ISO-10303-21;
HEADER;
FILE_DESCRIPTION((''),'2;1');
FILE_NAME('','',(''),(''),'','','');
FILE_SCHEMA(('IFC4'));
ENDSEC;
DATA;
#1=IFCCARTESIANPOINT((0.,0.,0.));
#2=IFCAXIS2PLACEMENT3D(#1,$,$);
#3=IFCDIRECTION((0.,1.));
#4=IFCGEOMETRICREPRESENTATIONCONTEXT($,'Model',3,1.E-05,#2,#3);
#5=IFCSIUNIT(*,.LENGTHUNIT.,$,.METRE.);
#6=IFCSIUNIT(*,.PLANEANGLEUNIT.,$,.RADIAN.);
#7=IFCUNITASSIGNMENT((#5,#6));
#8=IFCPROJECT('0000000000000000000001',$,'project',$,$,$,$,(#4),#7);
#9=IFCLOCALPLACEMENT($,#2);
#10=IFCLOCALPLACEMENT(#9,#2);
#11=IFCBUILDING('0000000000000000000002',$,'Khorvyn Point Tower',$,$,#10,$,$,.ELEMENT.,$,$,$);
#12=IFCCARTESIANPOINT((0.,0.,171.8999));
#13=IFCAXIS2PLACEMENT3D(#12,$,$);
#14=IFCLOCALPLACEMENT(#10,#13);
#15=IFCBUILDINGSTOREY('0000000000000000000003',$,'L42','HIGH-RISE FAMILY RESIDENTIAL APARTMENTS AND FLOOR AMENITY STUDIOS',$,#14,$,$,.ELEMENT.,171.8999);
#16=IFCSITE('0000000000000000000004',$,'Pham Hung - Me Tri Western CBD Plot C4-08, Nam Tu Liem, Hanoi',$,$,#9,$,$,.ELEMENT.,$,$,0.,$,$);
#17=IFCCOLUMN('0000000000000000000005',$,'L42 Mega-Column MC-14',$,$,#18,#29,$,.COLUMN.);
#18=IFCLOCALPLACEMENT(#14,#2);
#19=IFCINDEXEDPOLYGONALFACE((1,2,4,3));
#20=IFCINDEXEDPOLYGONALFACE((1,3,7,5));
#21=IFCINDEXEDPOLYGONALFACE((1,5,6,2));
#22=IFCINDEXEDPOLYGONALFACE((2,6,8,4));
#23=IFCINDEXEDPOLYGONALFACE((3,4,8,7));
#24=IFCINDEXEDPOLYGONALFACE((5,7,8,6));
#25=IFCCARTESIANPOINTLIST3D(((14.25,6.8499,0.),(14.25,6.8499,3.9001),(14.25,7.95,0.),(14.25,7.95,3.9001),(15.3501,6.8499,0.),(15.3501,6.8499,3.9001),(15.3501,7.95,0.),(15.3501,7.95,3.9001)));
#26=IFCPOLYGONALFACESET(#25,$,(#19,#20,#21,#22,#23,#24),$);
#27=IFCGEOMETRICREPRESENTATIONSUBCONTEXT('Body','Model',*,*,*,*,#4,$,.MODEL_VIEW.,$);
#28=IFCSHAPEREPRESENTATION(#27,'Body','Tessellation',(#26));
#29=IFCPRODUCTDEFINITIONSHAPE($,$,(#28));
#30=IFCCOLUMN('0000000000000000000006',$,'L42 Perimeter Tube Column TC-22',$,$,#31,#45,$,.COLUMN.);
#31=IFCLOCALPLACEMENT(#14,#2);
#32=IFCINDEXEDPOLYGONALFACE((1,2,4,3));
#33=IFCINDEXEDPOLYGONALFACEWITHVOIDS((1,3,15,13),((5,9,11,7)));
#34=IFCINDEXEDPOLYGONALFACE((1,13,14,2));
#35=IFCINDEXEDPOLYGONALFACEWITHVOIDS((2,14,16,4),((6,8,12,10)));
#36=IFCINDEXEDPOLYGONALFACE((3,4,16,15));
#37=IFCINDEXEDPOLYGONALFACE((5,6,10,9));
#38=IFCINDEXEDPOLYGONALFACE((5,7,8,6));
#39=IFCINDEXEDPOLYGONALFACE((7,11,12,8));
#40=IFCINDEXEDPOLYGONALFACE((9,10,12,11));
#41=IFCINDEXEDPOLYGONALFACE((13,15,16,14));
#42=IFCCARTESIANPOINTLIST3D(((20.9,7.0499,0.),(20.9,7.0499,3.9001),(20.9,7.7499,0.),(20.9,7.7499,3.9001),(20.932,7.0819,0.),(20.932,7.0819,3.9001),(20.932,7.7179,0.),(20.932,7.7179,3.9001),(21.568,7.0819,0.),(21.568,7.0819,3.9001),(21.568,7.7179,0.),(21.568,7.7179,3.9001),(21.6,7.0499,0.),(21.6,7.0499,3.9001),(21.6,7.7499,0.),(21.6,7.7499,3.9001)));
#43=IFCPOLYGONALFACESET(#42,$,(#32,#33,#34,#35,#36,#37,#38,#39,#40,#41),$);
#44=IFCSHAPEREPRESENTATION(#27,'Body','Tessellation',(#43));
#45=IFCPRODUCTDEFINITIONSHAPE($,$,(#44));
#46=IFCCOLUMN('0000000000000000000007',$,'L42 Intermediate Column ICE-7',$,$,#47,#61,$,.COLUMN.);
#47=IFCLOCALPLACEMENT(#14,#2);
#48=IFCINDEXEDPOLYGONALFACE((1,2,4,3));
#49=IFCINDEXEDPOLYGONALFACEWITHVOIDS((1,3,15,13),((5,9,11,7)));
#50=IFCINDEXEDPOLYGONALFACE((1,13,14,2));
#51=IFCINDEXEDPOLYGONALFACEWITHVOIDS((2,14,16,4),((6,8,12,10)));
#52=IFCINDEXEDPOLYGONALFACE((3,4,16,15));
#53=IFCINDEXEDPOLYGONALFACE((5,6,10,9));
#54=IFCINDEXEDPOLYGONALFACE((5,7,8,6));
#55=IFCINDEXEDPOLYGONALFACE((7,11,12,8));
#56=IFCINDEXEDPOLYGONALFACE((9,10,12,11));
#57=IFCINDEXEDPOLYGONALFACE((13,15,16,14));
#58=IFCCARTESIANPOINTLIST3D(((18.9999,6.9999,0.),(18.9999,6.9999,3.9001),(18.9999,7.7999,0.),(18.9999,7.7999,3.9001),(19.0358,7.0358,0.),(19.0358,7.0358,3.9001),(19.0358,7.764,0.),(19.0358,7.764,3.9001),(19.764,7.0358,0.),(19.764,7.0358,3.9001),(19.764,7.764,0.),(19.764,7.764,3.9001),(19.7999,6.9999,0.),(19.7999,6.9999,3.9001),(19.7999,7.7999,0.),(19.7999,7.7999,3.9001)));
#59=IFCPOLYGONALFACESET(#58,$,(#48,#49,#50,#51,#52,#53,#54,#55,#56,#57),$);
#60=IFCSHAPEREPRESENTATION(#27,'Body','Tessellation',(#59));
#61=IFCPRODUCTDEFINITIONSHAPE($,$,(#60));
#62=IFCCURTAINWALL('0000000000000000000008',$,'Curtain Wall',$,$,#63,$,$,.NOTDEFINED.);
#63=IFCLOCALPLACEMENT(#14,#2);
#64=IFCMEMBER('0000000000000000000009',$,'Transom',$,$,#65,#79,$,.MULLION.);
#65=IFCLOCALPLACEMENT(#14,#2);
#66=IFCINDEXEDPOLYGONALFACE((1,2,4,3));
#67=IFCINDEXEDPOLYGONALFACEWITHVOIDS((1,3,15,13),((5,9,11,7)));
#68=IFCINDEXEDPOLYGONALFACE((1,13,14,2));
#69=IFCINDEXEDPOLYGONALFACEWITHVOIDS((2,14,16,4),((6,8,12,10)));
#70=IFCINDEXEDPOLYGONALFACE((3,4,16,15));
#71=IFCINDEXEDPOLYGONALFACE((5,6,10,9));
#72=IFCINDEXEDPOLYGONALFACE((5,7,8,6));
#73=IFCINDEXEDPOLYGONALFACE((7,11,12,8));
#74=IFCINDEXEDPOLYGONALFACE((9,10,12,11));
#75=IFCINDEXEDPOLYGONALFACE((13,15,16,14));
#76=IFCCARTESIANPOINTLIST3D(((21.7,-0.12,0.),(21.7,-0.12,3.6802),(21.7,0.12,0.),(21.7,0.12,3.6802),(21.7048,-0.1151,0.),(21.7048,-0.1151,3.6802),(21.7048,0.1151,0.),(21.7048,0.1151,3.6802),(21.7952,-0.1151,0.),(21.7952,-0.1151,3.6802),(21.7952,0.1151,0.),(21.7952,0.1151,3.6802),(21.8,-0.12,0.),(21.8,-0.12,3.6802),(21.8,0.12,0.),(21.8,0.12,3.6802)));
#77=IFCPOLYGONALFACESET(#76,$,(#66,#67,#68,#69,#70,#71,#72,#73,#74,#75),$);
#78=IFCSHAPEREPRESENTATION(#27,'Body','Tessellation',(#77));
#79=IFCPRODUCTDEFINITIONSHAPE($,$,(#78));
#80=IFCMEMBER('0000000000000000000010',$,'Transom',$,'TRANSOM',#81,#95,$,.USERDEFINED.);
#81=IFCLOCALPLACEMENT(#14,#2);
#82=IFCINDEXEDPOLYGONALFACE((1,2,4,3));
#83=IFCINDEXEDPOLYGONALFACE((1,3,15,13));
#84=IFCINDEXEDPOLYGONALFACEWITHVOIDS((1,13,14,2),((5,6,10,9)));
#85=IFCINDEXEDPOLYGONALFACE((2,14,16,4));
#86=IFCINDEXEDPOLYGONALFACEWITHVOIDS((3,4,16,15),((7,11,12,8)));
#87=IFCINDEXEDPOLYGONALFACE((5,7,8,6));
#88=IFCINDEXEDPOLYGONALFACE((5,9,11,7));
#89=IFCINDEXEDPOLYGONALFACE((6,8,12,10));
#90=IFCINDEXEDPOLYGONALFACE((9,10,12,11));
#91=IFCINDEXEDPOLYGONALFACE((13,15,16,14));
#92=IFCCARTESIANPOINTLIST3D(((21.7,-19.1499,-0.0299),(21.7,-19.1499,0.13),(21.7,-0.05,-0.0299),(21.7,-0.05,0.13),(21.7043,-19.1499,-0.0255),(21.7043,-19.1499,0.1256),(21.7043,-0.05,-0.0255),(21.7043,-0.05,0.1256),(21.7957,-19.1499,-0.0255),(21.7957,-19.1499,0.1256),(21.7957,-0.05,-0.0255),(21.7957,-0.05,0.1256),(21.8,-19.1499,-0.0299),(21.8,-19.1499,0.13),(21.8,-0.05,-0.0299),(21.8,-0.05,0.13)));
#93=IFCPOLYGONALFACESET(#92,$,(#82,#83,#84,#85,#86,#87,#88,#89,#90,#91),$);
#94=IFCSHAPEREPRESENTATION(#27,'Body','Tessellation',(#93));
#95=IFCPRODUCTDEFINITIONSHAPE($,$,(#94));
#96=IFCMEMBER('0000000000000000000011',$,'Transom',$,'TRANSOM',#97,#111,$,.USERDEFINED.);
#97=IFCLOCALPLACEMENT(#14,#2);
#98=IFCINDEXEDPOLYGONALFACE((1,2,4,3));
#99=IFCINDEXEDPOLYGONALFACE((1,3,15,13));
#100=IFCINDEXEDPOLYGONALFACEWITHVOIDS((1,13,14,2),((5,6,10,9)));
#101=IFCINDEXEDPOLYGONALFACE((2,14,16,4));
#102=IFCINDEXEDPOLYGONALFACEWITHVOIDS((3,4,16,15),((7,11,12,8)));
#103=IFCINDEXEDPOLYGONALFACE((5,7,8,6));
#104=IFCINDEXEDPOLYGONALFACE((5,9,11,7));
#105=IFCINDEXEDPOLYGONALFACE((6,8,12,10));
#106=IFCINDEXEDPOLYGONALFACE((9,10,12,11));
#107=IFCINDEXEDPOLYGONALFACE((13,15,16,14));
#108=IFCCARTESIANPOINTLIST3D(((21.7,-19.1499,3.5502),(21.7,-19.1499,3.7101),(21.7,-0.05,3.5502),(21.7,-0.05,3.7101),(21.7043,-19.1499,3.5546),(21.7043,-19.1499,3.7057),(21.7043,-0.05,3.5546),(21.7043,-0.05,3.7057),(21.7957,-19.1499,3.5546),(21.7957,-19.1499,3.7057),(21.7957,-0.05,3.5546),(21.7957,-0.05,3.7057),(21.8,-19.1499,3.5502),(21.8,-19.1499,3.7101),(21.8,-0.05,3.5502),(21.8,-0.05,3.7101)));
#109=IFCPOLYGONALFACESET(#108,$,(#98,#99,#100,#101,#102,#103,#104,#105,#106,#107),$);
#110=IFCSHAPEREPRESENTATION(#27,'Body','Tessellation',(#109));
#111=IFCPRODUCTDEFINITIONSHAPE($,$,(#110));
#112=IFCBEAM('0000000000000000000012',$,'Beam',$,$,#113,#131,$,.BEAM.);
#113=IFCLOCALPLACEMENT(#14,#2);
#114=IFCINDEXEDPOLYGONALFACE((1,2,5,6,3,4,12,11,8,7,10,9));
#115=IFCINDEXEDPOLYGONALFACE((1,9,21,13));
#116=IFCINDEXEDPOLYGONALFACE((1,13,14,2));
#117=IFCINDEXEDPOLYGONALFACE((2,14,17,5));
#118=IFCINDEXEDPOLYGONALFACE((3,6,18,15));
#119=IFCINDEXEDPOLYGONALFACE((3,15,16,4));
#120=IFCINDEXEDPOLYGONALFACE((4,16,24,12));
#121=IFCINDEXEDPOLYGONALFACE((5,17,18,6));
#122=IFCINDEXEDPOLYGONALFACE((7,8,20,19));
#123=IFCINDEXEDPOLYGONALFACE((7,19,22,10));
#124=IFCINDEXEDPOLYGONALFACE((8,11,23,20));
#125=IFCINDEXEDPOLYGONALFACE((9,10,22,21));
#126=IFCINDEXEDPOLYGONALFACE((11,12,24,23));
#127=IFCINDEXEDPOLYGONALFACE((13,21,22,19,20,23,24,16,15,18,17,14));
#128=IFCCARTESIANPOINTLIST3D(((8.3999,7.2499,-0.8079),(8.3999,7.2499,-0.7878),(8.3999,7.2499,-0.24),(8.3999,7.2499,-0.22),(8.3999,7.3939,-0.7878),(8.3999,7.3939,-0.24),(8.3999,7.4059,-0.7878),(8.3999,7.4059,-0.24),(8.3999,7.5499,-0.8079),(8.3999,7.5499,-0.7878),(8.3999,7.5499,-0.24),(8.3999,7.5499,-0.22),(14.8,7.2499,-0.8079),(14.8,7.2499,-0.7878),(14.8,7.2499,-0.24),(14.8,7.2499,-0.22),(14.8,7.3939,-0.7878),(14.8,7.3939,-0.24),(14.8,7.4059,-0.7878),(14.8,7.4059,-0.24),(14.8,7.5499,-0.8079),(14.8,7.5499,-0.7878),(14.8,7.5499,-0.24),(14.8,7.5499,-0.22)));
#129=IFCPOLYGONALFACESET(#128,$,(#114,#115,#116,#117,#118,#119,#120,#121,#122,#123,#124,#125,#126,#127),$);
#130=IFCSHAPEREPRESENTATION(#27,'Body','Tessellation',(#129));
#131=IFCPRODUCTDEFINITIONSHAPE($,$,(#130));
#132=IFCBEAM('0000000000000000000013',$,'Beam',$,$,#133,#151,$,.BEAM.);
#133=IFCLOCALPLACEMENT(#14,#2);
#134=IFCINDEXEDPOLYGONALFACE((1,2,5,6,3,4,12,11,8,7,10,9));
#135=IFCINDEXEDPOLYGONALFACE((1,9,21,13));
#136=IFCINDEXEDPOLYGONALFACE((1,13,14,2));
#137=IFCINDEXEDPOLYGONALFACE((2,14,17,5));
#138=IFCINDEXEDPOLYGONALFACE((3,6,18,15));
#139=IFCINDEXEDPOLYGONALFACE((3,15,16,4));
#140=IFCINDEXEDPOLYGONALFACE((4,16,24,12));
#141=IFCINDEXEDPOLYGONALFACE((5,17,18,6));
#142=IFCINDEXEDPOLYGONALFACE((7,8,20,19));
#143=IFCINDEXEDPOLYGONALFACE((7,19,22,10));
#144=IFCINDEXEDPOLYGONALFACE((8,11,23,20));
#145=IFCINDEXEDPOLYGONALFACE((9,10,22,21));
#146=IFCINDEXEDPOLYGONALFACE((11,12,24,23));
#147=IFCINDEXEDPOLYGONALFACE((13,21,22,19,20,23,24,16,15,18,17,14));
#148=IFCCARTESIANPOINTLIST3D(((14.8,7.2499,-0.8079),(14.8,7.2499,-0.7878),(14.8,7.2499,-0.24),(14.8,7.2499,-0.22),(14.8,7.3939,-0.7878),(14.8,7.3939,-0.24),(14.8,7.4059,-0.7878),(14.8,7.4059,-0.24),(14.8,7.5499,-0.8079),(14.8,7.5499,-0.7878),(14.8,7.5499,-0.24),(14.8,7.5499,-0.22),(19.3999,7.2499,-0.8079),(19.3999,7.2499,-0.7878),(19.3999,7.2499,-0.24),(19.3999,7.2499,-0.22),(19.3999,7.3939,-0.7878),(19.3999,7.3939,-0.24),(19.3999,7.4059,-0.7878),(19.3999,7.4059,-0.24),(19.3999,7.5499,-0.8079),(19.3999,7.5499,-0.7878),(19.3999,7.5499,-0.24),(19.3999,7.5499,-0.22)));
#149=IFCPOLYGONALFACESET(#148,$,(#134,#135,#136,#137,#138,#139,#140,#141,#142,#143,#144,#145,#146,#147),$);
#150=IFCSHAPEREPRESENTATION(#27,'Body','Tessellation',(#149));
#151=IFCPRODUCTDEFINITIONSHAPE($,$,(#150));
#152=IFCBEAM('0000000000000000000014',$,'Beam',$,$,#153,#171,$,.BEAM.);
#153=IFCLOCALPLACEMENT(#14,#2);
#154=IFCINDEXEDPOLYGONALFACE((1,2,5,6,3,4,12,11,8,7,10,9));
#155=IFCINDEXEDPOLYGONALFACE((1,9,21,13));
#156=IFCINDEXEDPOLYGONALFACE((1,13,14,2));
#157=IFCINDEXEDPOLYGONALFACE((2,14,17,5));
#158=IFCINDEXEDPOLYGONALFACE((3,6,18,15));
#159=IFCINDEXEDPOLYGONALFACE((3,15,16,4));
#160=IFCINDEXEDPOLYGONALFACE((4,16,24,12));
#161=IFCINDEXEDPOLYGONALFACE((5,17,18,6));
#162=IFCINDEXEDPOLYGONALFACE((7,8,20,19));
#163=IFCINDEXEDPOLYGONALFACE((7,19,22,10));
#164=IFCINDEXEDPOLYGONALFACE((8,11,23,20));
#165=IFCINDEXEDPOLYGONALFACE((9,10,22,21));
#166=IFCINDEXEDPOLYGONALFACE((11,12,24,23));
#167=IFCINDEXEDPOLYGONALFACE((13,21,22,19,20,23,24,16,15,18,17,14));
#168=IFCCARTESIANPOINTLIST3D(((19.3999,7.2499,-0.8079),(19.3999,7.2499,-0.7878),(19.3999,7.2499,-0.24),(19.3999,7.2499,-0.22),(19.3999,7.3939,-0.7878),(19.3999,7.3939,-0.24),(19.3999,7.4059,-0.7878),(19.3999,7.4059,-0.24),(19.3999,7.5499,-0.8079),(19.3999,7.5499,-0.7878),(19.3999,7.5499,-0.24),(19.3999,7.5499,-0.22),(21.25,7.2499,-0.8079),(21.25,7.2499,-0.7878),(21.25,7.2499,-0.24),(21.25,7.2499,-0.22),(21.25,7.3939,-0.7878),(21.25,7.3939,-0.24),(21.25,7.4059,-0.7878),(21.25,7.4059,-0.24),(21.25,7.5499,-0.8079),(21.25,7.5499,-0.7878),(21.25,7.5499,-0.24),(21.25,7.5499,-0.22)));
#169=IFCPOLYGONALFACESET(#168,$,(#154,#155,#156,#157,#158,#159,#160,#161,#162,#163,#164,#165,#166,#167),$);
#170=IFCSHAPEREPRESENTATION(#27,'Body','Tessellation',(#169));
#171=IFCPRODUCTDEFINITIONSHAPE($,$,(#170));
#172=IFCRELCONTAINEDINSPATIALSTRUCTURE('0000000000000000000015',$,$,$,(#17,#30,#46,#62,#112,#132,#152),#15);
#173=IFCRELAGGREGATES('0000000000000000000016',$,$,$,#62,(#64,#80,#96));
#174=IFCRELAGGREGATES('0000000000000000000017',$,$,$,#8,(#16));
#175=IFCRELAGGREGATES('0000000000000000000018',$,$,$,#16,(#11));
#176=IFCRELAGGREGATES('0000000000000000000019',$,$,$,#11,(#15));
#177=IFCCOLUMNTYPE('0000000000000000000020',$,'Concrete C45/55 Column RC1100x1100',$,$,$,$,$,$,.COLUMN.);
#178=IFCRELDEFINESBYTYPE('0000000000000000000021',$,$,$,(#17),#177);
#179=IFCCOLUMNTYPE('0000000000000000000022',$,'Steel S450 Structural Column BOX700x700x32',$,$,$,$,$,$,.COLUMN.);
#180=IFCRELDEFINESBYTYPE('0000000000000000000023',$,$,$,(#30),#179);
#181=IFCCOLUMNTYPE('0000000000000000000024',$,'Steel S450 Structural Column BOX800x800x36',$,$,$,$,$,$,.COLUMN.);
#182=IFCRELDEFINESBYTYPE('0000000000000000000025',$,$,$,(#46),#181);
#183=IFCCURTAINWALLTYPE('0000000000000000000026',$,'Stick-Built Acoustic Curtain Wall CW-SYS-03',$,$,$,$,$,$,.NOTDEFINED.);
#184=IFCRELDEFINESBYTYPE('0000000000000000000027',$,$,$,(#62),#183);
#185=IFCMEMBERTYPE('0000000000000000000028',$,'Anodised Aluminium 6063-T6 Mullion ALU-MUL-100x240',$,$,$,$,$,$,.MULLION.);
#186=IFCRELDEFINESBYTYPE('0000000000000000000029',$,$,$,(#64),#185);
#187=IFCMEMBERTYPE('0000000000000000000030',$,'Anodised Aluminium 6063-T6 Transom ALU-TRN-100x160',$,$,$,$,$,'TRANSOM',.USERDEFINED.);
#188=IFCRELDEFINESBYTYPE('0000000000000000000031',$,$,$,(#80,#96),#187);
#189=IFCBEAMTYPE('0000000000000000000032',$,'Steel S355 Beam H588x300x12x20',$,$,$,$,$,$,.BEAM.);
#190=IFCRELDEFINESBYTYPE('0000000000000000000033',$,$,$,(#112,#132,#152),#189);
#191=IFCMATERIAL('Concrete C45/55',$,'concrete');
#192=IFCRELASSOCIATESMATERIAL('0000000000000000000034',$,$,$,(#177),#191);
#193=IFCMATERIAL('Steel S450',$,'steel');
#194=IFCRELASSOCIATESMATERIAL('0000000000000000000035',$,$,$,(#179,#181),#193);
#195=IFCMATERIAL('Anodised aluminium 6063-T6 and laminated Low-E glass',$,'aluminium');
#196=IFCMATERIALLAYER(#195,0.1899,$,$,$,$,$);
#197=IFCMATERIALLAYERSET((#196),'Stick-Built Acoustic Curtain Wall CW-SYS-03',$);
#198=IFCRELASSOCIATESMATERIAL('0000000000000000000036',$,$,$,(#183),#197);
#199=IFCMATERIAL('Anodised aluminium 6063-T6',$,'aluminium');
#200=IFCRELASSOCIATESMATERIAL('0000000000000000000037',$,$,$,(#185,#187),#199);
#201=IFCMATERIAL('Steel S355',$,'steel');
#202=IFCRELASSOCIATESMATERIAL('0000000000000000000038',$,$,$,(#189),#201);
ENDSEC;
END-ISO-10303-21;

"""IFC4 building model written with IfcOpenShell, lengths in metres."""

from ifc_helpers import new_model, si_unit, direction, frame, origin, origin_2d, place, context, subcontext, project, spatial, rectangle, hollow_rectangle, i_section, extrude, material, layer, layer_set, material_profile, profile_set, type_object, element, aggregate, save


model = new_model("IFC4")

# Units and contexts
model_context = context("Model", 3, precision=1e-05, world=origin(), true_north=direction((0.0, 1.0)))
body_context = subcontext(model_context, "Body", "Model", "MODEL_VIEW")
ifc_project = project(units=[si_unit("LENGTHUNIT", "METRE"), si_unit("PLANEANGLEUNIT", "RADIAN")], contexts=[model_context])

# Site, building, storey
site_placement = place(None, origin())
site = spatial("IfcSite", under=ifc_project, at=site_placement, Name="Pham Hung - Me Tri Western CBD Plot C4-08, Nam Tu Liem, Hanoi", CompositionType="ELEMENT", RefElevation=0.0)
building_placement = place(site_placement, origin())
building = spatial("IfcBuilding", under=site, at=building_placement, Name="Khorvyn Point Tower", CompositionType="ELEMENT")
storey_placement = place(building_placement, frame((0.0, 0.0, 171.8999)))
storey = spatial("IfcBuildingStorey", under=building, at=storey_placement, Name="L42", Description="HIGH-RISE FAMILY RESIDENTIAL APARTMENTS AND FLOOR AMENITY STUDIOS", CompositionType="ELEMENT", Elevation=171.8999)

# Columns
ifc_material_1 = material(Name="Concrete C45/55", Category="concrete")
ifc_material_profile_1 = material_profile(ifc_material_1, rectangle(XDim=1.1001, YDim=1.1001, at=origin_2d()))
ifc_profile_set_1 = profile_set([ifc_material_profile_1], Name="Concrete C45/55 RC1100x1100")
column_type_1 = type_object("IfcColumnType", Name="Concrete C45/55 Column RC1100x1100", PredefinedType="COLUMN", material=ifc_profile_set_1)
column_1_placement = place(storey_placement, frame((14.8, 7.3999, 0.0), z_axis=(0.0, 0.0, 1.0), x_axis=(1.0, 0.0, 0.0)))
element("IfcColumn", 1, at=column_1_placement, inside=storey, type_object=column_type_1, Name="L42 Mega-Column MC-14", PredefinedType="COLUMN", context=body_context, shape_type="SweptSolid", body=[
    extrude(rectangle(XDim=1.1001, YDim=1.1001, at=origin_2d()), origin(), (0.0, 0.0, 1.0), 3.9001),
])
ifc_material_2 = material(Name="Steel S450", Category="steel")
ifc_material_profile_2 = material_profile(ifc_material_2, hollow_rectangle(XDim=0.7, YDim=0.7, WallThickness=0.032, at=origin_2d()))
ifc_profile_set_2 = profile_set([ifc_material_profile_2], Name="Steel S450 BOX700x700x32")
column_type_2 = type_object("IfcColumnType", Name="Steel S450 Structural Column BOX700x700x32", PredefinedType="COLUMN", material=ifc_profile_set_2)
column_2_placement = place(storey_placement, frame((21.25, 7.3999, 0.0), z_axis=(0.0, 0.0, 1.0), x_axis=(1.0, 0.0, 0.0)))
element("IfcColumn", 2, at=column_2_placement, inside=storey, type_object=column_type_2, Name="L42 Perimeter Tube Column TC-22", PredefinedType="COLUMN", context=body_context, shape_type="SweptSolid", body=[
    extrude(hollow_rectangle(XDim=0.7, YDim=0.7, WallThickness=0.032, at=origin_2d()), origin(), (0.0, 0.0, 1.0), 3.9001),
])
ifc_material_profile_3 = material_profile(ifc_material_2, hollow_rectangle(XDim=0.8, YDim=0.8, WallThickness=0.0359, at=origin_2d()))
ifc_profile_set_3 = profile_set([ifc_material_profile_3], Name="Steel S450 BOX800x800x36")
column_type_3 = type_object("IfcColumnType", Name="Steel S450 Structural Column BOX800x800x36", PredefinedType="COLUMN", material=ifc_profile_set_3)
column_3_placement = place(storey_placement, frame((19.3999, 7.3999, 0.0), z_axis=(0.0, 0.0, 1.0), x_axis=(1.0, 0.0, 0.0)))
element("IfcColumn", 3, at=column_3_placement, inside=storey, type_object=column_type_3, Name="L42 Intermediate Column ICE-7", PredefinedType="COLUMN", context=body_context, shape_type="SweptSolid", body=[
    extrude(hollow_rectangle(XDim=0.8, YDim=0.8, WallThickness=0.0359, at=origin_2d()), origin(), (0.0, 0.0, 1.0), 3.9001),
])

# Curtain wall, members
ifc_material_3 = material(Name="Anodised aluminium 6063-T6 and laminated Low-E glass", Category="aluminium")
ifc_layer_1 = layer(ifc_material_3, 0.1899)
ifc_layer_set_1 = layer_set([ifc_layer_1], Name="Stick-Built Acoustic Curtain Wall CW-SYS-03")
curtain_wall_type = type_object("IfcCurtainWallType", Name="Stick-Built Acoustic Curtain Wall CW-SYS-03", PredefinedType="NOTDEFINED", material=ifc_layer_set_1)
curtain_wall_placement = place(storey_placement, origin())
curtain_wall = element("IfcCurtainWall", 4, at=curtain_wall_placement, inside=storey, type_object=curtain_wall_type, Name="Curtain Wall", PredefinedType="NOTDEFINED")
ifc_material_4 = material(Name="Anodised aluminium 6063-T6", Category="aluminium")
ifc_material_profile_4 = material_profile(ifc_material_4, hollow_rectangle(XDim=0.1001, YDim=0.24, WallThickness=0.0049, at=origin_2d()))
ifc_profile_set_4 = profile_set([ifc_material_profile_4], Name="Anodised aluminium 6063-T6 ALU-MUL-100x240")
member_type_1 = type_object("IfcMemberType", Name="Anodised Aluminium 6063-T6 Mullion ALU-MUL-100x240", PredefinedType="MULLION", material=ifc_profile_set_4)
member_1_placement = place(storey_placement, frame((21.75, 0.0, 0.0), z_axis=(0.0, 0.0, 1.0), x_axis=(1.0, 0.0, 0.0)))
member_1 = element("IfcMember", 5, at=member_1_placement, type_object=member_type_1, Name="Transom", PredefinedType="MULLION", context=body_context, shape_type="SweptSolid", body=[
    extrude(hollow_rectangle(XDim=0.1001, YDim=0.24, WallThickness=0.0049, at=origin_2d()), origin(), (0.0, 0.0, 1.0), 3.6802),
])
ifc_material_profile_5 = material_profile(ifc_material_4, hollow_rectangle(XDim=0.1001, YDim=0.1599, WallThickness=0.0044, at=origin_2d()))
ifc_profile_set_5 = profile_set([ifc_material_profile_5], Name="Anodised aluminium 6063-T6 ALU-TRN-100x160")
member_type_2 = type_object("IfcMemberType", Name="Anodised Aluminium 6063-T6 Transom ALU-TRN-100x160", ElementType="TRANSOM", PredefinedType="USERDEFINED", material=ifc_profile_set_5)
member_2_placement = place(storey_placement, frame((21.75, -0.05, 0.05), z_axis=(0.0, -1.0, 0.0), x_axis=(1.0, 0.0, 0.0)))
member_2 = element("IfcMember", 6, at=member_2_placement, type_object=member_type_2, Name="Transom", ObjectType="TRANSOM", PredefinedType="USERDEFINED", context=body_context, shape_type="SweptSolid", body=[
    extrude(hollow_rectangle(XDim=0.1001, YDim=0.1599, WallThickness=0.0044, at=origin_2d()), origin(), (0.0, 0.0, 1.0), 19.0999),
])
member_3_placement = place(storey_placement, frame((21.75, -0.05, 3.6301), z_axis=(0.0, -1.0, 0.0), x_axis=(1.0, 0.0, 0.0)))
member_3 = element("IfcMember", 7, at=member_3_placement, type_object=member_type_2, Name="Transom", ObjectType="TRANSOM", PredefinedType="USERDEFINED", context=body_context, shape_type="SweptSolid", body=[
    extrude(hollow_rectangle(XDim=0.1001, YDim=0.1599, WallThickness=0.0044, at=origin_2d()), origin(), (0.0, 0.0, 1.0), 19.0999),
])

# Beams
ifc_material_5 = material(Name="Steel S355", Category="steel")
ifc_material_profile_6 = material_profile(ifc_material_5, i_section(OverallWidth=0.3, OverallDepth=0.5879, WebThickness=0.012, FlangeThickness=0.02, at=origin_2d()))
ifc_profile_set_6 = profile_set([ifc_material_profile_6], Name="Steel S355 H588x300x12x20")
beam_type_1 = type_object("IfcBeamType", Name="Steel S355 Beam H588x300x12x20", PredefinedType="BEAM", material=ifc_profile_set_6)
beam_1_placement = place(storey_placement, frame((8.3999, 7.3999, -0.5139), z_axis=(1.0, 0.0, 0.0), x_axis=(0.0, 1.0, 0.0)))
element("IfcBeam", 8, at=beam_1_placement, inside=storey, type_object=beam_type_1, Name="Beam", PredefinedType="BEAM", context=body_context, shape_type="SweptSolid", body=[
    extrude(i_section(OverallWidth=0.3, OverallDepth=0.5879, WebThickness=0.012, FlangeThickness=0.02, at=origin_2d()), origin(), (0.0, 0.0, 1.0), 6.4001),
])
beam_2_placement = place(storey_placement, frame((14.8, 7.3999, -0.5139), z_axis=(1.0, 0.0, 0.0), x_axis=(0.0, 1.0, 0.0)))
element("IfcBeam", 9, at=beam_2_placement, inside=storey, type_object=beam_type_1, Name="Beam", PredefinedType="BEAM", context=body_context, shape_type="SweptSolid", body=[
    extrude(i_section(OverallWidth=0.3, OverallDepth=0.5879, WebThickness=0.012, FlangeThickness=0.02, at=origin_2d()), origin(), (0.0, 0.0, 1.0), 4.5999),
])
beam_3_placement = place(storey_placement, frame((19.3999, 7.3999, -0.5139), z_axis=(1.0, 0.0, 0.0), x_axis=(0.0, 1.0, 0.0)))
element("IfcBeam", 10, at=beam_3_placement, inside=storey, type_object=beam_type_1, Name="Beam", PredefinedType="BEAM", context=body_context, shape_type="SweptSolid", body=[
    extrude(i_section(OverallWidth=0.3, OverallDepth=0.5879, WebThickness=0.012, FlangeThickness=0.02, at=origin_2d()), origin(), (0.0, 0.0, 1.0), 1.8501),
])

aggregate(curtain_wall, [member_1, member_2, member_3])

save(model, "model.ifc")
